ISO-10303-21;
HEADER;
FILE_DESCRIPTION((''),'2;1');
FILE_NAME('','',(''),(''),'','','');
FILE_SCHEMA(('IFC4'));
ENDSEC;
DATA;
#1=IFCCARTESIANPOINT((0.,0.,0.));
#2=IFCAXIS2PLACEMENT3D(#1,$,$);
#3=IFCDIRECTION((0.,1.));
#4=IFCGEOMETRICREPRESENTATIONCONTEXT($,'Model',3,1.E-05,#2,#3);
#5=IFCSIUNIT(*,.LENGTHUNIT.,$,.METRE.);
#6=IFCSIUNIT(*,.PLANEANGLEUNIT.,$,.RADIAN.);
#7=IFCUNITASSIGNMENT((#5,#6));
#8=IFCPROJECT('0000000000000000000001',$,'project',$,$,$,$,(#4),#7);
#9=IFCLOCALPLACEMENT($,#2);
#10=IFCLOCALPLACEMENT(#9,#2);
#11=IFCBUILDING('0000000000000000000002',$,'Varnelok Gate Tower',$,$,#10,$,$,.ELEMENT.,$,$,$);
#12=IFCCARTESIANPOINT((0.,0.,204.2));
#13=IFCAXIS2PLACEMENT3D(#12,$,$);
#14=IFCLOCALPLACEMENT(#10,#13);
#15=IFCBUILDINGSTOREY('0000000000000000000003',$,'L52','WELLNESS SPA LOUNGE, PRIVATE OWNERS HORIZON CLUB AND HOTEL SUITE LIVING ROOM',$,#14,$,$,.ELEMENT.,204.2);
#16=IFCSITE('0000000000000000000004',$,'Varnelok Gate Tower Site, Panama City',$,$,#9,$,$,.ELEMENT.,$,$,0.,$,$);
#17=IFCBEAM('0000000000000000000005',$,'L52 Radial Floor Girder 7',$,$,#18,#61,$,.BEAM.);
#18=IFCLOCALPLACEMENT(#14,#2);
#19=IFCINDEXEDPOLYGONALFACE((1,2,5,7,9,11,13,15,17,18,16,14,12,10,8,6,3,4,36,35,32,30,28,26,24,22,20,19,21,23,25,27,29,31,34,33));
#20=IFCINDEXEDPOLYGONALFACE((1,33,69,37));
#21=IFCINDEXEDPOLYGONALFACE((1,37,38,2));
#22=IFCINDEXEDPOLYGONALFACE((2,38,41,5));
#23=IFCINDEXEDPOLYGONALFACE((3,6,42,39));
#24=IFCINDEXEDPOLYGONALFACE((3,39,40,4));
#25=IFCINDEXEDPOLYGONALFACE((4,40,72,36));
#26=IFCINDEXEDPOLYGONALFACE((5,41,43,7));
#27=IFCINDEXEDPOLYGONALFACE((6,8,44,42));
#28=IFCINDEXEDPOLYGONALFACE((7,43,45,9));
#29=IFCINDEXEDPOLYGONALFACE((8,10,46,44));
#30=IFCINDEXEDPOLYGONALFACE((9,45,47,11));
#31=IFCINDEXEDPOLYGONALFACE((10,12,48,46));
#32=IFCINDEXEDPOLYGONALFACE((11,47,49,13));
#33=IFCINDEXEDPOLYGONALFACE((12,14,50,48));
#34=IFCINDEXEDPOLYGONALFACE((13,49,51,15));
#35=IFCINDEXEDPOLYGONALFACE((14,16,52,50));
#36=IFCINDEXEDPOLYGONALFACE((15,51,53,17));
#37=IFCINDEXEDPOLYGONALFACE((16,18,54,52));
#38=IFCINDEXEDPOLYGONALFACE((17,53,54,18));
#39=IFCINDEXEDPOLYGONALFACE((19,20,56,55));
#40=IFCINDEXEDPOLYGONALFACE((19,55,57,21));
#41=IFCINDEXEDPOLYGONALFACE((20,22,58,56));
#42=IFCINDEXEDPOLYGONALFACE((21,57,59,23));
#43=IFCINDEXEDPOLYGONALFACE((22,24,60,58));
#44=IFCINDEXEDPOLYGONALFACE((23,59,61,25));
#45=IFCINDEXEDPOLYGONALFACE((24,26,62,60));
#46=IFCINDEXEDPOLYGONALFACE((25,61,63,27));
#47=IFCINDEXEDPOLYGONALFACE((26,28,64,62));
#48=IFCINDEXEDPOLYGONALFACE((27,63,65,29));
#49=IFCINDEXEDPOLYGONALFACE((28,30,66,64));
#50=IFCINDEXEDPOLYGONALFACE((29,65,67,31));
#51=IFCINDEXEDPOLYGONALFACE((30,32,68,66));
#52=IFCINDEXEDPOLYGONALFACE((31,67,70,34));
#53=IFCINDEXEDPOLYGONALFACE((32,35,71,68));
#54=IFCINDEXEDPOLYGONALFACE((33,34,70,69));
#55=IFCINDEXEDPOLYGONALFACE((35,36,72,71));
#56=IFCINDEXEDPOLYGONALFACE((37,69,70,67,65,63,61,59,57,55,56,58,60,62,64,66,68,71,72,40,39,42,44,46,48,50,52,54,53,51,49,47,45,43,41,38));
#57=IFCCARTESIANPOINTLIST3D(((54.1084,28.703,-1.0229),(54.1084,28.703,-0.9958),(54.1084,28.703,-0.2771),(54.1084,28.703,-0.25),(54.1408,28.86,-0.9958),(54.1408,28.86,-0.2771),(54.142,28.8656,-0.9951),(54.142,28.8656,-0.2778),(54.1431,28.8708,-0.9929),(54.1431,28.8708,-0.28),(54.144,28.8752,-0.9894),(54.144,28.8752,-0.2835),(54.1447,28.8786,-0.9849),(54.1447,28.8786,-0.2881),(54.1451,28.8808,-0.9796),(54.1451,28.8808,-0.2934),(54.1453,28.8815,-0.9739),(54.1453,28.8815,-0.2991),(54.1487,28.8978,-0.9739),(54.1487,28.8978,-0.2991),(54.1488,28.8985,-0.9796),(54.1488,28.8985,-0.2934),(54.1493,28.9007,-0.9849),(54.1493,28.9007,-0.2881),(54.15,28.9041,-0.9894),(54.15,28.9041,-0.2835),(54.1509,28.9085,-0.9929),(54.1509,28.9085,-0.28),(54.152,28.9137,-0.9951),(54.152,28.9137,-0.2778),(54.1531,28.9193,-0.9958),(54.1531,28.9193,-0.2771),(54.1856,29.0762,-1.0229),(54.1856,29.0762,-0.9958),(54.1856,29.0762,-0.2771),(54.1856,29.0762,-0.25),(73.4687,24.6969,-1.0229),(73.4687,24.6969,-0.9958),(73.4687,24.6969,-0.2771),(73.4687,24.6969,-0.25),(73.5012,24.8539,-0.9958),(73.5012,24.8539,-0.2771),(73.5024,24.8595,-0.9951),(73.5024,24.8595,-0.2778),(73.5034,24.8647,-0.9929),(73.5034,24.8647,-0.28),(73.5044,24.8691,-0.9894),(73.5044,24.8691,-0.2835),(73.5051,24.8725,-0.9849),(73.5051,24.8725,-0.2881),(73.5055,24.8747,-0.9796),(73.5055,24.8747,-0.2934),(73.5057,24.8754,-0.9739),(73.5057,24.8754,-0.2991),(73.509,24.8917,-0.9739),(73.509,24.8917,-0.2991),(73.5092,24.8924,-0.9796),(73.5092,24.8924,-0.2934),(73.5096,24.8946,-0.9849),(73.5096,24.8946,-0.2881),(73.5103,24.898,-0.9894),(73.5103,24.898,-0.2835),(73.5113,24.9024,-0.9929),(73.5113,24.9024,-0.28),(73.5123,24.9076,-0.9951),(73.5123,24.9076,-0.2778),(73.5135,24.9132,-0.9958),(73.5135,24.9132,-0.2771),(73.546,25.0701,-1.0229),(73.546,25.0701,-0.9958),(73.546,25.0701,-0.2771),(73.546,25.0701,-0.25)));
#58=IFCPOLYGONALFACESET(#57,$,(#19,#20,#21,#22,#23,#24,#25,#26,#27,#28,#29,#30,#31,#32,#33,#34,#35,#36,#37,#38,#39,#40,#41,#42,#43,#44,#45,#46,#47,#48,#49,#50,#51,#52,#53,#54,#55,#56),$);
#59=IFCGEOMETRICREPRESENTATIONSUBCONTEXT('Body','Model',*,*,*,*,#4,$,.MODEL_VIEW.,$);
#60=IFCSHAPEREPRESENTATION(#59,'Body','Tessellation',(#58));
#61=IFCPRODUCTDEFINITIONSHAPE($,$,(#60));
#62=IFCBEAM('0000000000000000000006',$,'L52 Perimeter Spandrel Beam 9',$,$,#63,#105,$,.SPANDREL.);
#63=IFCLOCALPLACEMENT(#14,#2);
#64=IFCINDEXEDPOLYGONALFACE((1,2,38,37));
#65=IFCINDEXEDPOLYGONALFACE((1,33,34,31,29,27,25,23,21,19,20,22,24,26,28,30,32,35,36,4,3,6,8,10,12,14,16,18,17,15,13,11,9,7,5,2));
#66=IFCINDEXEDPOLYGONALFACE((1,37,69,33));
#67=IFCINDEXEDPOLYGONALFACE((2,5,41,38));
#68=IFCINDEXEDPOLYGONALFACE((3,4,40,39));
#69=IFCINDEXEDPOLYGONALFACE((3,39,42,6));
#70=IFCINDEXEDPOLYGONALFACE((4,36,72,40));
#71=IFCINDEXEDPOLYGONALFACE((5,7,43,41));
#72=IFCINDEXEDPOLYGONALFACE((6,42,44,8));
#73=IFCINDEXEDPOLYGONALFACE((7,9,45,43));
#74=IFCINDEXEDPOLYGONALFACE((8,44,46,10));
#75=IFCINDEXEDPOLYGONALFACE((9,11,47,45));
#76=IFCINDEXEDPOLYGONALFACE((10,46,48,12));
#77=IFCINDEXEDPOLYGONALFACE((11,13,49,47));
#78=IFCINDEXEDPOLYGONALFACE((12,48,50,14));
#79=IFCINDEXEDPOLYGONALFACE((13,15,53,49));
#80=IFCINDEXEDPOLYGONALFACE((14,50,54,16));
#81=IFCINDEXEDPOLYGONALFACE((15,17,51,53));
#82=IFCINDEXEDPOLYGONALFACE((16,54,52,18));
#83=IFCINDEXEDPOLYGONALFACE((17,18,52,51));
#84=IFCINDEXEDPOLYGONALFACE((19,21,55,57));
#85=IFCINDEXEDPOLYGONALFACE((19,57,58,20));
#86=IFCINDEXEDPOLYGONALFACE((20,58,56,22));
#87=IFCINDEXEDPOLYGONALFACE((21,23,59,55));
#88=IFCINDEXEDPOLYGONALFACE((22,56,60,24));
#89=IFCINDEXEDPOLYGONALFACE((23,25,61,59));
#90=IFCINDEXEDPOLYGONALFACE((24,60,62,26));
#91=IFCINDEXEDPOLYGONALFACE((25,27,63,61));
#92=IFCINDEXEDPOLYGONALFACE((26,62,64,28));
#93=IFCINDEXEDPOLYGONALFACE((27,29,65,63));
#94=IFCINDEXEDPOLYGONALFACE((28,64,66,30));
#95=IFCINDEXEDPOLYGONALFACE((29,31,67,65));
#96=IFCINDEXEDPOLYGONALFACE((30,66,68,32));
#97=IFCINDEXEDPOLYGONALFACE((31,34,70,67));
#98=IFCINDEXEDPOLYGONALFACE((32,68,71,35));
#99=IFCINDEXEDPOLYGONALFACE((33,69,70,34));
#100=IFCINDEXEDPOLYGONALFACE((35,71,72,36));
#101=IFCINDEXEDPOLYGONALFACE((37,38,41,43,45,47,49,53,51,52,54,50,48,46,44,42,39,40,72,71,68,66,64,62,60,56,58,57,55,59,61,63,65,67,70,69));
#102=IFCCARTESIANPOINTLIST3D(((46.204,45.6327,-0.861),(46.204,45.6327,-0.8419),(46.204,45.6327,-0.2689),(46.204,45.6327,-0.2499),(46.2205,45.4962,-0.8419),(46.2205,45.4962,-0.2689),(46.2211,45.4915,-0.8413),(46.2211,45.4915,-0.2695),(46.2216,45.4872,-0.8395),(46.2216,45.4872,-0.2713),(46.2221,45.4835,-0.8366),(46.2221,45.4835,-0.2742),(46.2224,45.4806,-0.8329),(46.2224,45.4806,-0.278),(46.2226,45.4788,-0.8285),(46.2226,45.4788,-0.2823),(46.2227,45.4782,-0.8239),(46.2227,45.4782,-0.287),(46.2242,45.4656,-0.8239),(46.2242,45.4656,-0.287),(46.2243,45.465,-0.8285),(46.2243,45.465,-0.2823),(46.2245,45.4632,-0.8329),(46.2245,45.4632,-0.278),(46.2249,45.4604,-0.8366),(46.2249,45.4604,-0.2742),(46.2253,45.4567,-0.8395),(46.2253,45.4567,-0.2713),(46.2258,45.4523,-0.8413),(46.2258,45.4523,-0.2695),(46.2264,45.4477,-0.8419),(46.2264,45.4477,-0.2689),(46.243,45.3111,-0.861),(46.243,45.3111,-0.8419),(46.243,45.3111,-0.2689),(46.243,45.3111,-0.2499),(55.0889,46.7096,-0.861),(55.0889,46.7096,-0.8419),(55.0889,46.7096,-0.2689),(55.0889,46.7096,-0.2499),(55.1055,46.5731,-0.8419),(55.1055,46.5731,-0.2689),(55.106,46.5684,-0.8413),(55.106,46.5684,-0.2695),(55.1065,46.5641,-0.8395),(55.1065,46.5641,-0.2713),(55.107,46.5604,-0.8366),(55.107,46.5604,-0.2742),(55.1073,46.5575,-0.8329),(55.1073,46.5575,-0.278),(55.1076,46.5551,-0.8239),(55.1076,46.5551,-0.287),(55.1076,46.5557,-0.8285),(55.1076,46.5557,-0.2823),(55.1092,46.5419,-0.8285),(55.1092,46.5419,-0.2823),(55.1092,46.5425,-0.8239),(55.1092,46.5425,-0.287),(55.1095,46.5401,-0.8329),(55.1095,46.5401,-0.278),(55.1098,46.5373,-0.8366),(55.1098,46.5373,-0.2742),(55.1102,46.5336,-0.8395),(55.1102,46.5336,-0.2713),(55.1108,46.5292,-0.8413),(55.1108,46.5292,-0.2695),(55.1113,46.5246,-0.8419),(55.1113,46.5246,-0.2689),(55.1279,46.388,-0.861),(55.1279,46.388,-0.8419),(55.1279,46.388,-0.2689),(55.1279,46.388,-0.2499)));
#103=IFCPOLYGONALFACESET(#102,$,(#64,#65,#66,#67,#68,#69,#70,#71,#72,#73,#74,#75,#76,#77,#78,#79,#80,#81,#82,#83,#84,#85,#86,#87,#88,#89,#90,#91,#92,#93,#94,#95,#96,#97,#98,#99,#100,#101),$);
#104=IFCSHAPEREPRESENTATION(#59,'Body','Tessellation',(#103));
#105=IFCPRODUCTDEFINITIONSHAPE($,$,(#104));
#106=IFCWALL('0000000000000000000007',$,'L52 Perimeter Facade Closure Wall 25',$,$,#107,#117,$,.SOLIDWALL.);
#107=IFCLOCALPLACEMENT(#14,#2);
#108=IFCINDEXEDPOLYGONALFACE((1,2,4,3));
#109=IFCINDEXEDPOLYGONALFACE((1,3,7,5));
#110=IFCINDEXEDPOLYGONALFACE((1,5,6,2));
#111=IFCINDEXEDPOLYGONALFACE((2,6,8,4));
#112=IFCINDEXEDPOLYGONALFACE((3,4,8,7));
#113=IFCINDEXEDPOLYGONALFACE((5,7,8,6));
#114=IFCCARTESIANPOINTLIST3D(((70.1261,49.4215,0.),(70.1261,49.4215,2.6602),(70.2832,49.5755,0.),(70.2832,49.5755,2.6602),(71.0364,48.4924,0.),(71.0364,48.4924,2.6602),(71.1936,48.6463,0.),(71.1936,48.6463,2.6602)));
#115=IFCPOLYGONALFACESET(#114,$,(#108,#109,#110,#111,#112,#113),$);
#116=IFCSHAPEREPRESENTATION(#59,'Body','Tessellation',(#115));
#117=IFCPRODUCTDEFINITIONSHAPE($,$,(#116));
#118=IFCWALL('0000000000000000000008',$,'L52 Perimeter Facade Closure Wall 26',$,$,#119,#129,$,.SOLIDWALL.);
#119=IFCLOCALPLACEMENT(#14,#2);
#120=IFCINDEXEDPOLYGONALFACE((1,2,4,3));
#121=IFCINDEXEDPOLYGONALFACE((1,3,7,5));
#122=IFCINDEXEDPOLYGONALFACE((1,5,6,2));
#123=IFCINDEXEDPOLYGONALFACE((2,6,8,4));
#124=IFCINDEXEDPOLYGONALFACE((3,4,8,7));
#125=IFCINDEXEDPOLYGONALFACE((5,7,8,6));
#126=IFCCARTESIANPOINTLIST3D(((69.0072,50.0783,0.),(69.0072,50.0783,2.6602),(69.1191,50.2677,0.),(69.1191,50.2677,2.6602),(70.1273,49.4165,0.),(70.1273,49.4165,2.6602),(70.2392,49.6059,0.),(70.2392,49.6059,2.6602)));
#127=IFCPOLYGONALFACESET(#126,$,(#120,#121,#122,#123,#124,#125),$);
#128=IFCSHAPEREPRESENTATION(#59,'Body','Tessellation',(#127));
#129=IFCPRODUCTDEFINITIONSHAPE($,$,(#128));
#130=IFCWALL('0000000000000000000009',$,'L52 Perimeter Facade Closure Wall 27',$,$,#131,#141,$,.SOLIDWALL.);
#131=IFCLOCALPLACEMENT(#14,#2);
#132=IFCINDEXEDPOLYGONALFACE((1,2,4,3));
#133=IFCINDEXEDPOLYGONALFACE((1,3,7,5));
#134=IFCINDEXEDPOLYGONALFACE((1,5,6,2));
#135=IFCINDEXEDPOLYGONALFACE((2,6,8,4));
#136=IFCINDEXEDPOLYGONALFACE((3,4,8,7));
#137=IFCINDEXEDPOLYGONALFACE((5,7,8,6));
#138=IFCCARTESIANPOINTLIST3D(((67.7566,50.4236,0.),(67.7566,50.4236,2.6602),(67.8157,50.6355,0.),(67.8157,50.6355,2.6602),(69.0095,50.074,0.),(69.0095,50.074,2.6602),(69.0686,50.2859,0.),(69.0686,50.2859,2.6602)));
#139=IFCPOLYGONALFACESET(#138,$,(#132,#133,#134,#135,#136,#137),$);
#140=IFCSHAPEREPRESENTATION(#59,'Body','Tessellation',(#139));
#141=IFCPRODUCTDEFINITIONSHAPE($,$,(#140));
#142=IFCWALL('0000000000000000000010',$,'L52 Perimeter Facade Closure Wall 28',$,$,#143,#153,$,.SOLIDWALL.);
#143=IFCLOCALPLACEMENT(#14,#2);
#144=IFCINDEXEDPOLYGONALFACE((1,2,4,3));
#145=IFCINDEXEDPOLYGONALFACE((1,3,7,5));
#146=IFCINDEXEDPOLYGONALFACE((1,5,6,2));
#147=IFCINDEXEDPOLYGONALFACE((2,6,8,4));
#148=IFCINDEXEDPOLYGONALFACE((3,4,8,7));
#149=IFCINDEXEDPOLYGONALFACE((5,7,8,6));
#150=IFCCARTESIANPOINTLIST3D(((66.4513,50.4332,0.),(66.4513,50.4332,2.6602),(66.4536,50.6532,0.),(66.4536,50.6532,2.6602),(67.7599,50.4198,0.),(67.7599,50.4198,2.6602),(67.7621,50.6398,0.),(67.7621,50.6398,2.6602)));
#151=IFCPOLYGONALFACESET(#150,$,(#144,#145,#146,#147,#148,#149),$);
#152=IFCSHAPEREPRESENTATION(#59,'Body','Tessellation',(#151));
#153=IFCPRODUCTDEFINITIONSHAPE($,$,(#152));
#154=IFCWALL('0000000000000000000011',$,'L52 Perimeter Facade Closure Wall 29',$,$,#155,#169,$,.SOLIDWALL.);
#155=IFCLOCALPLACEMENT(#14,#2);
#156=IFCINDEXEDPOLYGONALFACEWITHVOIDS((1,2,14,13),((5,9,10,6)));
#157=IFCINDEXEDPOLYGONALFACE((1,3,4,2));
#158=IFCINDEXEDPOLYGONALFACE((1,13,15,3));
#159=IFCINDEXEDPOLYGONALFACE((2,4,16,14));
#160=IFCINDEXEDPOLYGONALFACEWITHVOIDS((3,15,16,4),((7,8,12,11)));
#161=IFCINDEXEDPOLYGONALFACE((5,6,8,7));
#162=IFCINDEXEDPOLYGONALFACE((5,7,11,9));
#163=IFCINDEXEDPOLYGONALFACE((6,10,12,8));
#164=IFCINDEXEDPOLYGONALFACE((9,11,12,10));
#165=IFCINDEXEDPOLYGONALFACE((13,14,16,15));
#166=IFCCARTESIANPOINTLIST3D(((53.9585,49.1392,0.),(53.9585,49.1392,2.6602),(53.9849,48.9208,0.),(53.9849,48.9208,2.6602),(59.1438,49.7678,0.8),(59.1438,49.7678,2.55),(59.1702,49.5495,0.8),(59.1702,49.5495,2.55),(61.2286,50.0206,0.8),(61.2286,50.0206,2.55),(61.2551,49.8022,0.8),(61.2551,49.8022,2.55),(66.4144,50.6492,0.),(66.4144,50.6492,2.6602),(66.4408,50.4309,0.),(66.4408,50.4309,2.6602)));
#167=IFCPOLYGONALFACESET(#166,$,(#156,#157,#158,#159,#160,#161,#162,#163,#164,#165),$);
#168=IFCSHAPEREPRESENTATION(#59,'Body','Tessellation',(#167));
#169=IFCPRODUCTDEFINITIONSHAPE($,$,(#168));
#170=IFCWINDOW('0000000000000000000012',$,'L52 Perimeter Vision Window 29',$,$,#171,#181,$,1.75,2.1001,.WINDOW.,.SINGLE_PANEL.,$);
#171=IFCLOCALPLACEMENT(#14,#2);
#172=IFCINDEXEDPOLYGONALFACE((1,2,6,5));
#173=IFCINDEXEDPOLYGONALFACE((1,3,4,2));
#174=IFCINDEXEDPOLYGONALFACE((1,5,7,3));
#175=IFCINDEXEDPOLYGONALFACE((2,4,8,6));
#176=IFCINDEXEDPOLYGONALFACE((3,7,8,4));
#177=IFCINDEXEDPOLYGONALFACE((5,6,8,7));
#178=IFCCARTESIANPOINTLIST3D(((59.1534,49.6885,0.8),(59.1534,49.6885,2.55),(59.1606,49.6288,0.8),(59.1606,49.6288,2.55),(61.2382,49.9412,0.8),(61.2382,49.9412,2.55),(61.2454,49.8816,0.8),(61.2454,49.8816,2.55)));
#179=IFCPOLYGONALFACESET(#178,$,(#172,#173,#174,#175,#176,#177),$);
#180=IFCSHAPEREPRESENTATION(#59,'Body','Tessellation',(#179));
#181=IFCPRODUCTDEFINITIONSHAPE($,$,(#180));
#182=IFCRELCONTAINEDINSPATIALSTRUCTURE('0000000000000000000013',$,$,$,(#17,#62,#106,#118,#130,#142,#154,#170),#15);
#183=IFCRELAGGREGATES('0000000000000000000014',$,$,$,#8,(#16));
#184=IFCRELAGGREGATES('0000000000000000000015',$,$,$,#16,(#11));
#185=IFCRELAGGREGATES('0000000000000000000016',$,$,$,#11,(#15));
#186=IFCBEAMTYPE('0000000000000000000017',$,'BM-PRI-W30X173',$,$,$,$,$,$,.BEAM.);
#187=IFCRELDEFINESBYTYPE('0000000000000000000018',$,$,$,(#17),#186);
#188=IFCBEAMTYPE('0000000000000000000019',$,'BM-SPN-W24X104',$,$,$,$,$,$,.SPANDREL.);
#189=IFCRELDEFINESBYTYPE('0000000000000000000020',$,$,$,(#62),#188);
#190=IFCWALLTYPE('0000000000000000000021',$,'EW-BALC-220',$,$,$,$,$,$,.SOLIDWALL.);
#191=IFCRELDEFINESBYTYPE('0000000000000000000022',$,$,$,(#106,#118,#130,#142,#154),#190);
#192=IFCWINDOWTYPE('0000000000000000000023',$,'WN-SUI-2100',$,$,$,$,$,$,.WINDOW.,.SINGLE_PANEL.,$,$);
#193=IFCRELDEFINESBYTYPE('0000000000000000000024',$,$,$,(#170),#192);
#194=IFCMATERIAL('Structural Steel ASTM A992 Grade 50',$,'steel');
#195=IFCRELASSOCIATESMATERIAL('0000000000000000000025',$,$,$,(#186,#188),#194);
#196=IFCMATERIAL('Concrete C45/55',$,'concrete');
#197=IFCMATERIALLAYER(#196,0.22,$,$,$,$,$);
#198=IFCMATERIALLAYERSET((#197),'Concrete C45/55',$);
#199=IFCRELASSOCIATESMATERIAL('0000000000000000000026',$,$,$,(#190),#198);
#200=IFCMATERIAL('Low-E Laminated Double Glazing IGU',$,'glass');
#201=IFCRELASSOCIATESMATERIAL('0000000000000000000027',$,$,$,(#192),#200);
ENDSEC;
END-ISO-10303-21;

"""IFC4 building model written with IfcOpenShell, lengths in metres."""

from ifc_helpers import new_model, si_unit, direction, frame, frame_2d, origin, origin_2d, place, context, subcontext, project, spatial, rectangle, i_section, extrude, material, layer, layer_set, material_profile, profile_set, type_object, element, fill, save


model = new_model("IFC4")

# Units and contexts
model_context = context("Model", 3, precision=1e-05, world=origin(), true_north=direction((0.0, 1.0)))
body_context = subcontext(model_context, "Body", "Model", "MODEL_VIEW")
ifc_project = project(units=[si_unit("LENGTHUNIT", "METRE"), si_unit("PLANEANGLEUNIT", "RADIAN")], contexts=[model_context])

# Site, building, storey
site_placement = place(None, origin())
site = spatial("IfcSite", under=ifc_project, at=site_placement, Name="Varnelok Gate Tower Site, Panama City", CompositionType="ELEMENT", RefElevation=0.0)
building_placement = place(site_placement, origin())
building = spatial("IfcBuilding", under=site, at=building_placement, Name="Varnelok Gate Tower", CompositionType="ELEMENT")
storey_placement = place(building_placement, frame((0.0, 0.0, 204.2)))
storey = spatial("IfcBuildingStorey", under=building, at=storey_placement, Name="L52", Description="WELLNESS SPA LOUNGE, PRIVATE OWNERS HORIZON CLUB AND HOTEL SUITE LIVING ROOM", CompositionType="ELEMENT", Elevation=204.2)

# Shared definitions
ifc_material_1 = material(Name="Structural Steel ASTM A992 Grade 50", Category="steel")

# Beams
ifc_material_profile_1 = material_profile(ifc_material_1, i_section(OverallWidth=0.3811, OverallDepth=0.7729, WebThickness=0.0166, FlangeThickness=0.0271, FilletRadius=0.022, at=origin_2d()), Name="W30X173")
ifc_profile_set_1 = profile_set([ifc_material_profile_1], Name="Structural Steel ASTM A992 Grade 50")
beam_type_1 = type_object("IfcBeamType", Name="BM-PRI-W30X173", PredefinedType="BEAM", material=ifc_profile_set_1)
beam_1_placement = place(storey_placement, frame((54.147, 28.8896, -0.6365), z_axis=(0.979255, -0.202631, 0.0), x_axis=(0.202631, 0.979255, 0.0)))
element("IfcBeam", 1, at=beam_1_placement, inside=storey, type_object=beam_type_1, Name="L52 Radial Floor Girder 7", PredefinedType="BEAM", context=body_context, shape_type="SweptSolid", body=[
    extrude(i_section(OverallWidth=0.3811, OverallDepth=0.7729, WebThickness=0.0166, FlangeThickness=0.0271, FilletRadius=0.022, at=origin_2d()), origin(), (0.0, 0.0, 1.0), 19.7705),
])
ifc_material_profile_2 = material_profile(ifc_material_1, i_section(OverallWidth=0.324, OverallDepth=0.6111, WebThickness=0.0127, FlangeThickness=0.019, FilletRadius=0.0181, at=origin_2d()), Name="W24X104")
ifc_profile_set_2 = profile_set([ifc_material_profile_2], Name="Structural Steel ASTM A992 Grade 50")
beam_type_2 = type_object("IfcBeamType", Name="BM-SPN-W24X104", PredefinedType="SPANDREL", material=ifc_profile_set_2)
beam_2_placement = place(storey_placement, frame((55.1084, 46.5488, -0.5554), z_axis=(-0.992735, -0.120324, 0.0), x_axis=(0.120324, -0.992735, 0.0)))
element("IfcBeam", 2, at=beam_2_placement, inside=storey, type_object=beam_type_2, Name="L52 Perimeter Spandrel Beam 9", PredefinedType="SPANDREL", context=body_context, shape_type="SweptSolid", body=[
    extrude(i_section(OverallWidth=0.324, OverallDepth=0.6111, WebThickness=0.0127, FlangeThickness=0.019, FilletRadius=0.0181, at=origin_2d()), origin(), (0.0, 0.0, 1.0), 8.95),
])

# Walls
ifc_material_2 = material(Name="Concrete C45/55", Category="concrete")
ifc_layer_1 = layer(ifc_material_2, 0.22)
ifc_layer_set_1 = layer_set([ifc_layer_1], Name="Concrete C45/55")
wall_type_1 = type_object("IfcWallType", Name="EW-BALC-220", PredefinedType="SOLIDWALL", material=ifc_layer_set_1)
wall_1_placement = place(storey_placement, frame((71.115, 48.5693, 0.0), z_axis=(0.0, 0.0, 1.0), x_axis=(-0.699844, 0.714295, 0.0)))
element("IfcWall", 3, at=wall_1_placement, inside=storey, type_object=wall_type_1, Name="L52 Perimeter Facade Closure Wall 25", PredefinedType="SOLIDWALL", context=body_context, shape_type="SweptSolid", body=[
    extrude(rectangle(XDim=1.3008, YDim=0.22, at=frame_2d((0.6504, 0.0))), origin(), (0.0, 0.0, 1.0), 2.6602),
])
wall_2_placement = place(storey_placement, frame((70.1831, 49.5112, 0.0), z_axis=(0.0, 0.0, 1.0), x_axis=(-0.860934, 0.508717, 0.0)))
element("IfcWall", 4, at=wall_2_placement, inside=storey, type_object=wall_type_1, Name="L52 Perimeter Facade Closure Wall 26", PredefinedType="SOLIDWALL", context=body_context, shape_type="SweptSolid", body=[
    extrude(rectangle(XDim=1.301, YDim=0.22, at=frame_2d((0.6504, 0.0))), origin(), (0.0, 0.0, 1.0), 2.6602),
])
wall_3_placement = place(storey_placement, frame((69.0391, 50.1799, 0.0), z_axis=(0.0, 0.0, 1.0), x_axis=(-0.963205, 0.268767, 0.0)))
element("IfcWall", 5, at=wall_3_placement, inside=storey, type_object=wall_type_1, Name="L52 Perimeter Facade Closure Wall 27", PredefinedType="SOLIDWALL", context=body_context, shape_type="SweptSolid", body=[
    extrude(rectangle(XDim=1.3008, YDim=0.22, at=frame_2d((0.6504, 0.0))), origin(), (0.0, 0.0, 1.0), 2.6602),
])
wall_4_placement = place(storey_placement, frame((67.761, 50.5298, 0.0), z_axis=(0.0, 0.0, 1.0), x_axis=(-0.999947, 0.010261, 0.0)))
element("IfcWall", 6, at=wall_4_placement, inside=storey, type_object=wall_type_1, Name="L52 Perimeter Facade Closure Wall 28", PredefinedType="SOLIDWALL", context=body_context, shape_type="SweptSolid", body=[
    extrude(rectangle(XDim=1.3086, YDim=0.22, at=frame_2d((0.6543, 0.0))), origin(), (0.0, 0.0, 1.0), 2.6602),
])

# Wall, opening, window
wall_5_placement = place(storey_placement, frame((66.4275, 50.54, 0.0), z_axis=(0.0, 0.0, 1.0), x_axis=(-0.992732, -0.120348, 0.0)))
wall_5 = element("IfcWall", 7, at=wall_5_placement, inside=storey, type_object=wall_type_1, Name="L52 Perimeter Facade Closure Wall 29", PredefinedType="SOLIDWALL", context=body_context, shape_type="SweptSolid", body=[
    extrude(rectangle(XDim=12.5471, YDim=0.22, at=frame_2d((6.2734, 0.0))), origin(), (0.0, 0.0, 1.0), 2.6602),
])
opening_1_placement = place(wall_5_placement, frame((5.2236, 0.0, 0.8)))
opening_1 = element("IfcOpeningElement", 8, at=opening_1_placement, cuts=wall_5, PredefinedType="OPENING", context=body_context, shape_type="SweptSolid", body=[
    extrude(rectangle(XDim=2.1001, YDim=1.75, at=frame_2d((1.05, 0.875))), frame((0.0, 0.1199, 0.0), z_axis=(0.0, -1.0, 0.0), x_axis=(1.0, 0.0, 0.0)), (0.0, 0.0, 1.0), 0.24),
])
ifc_material_3 = material(Name="Low-E Laminated Double Glazing IGU", Category="glass")
window_type = type_object("IfcWindowType", Name="WN-SUI-2100", PartitioningType="SINGLE_PANEL", PredefinedType="WINDOW", material=ifc_material_3)
window_placement = place(opening_1_placement, origin())
window = element("IfcWindow", 9, at=window_placement, inside=storey, type_object=window_type, Name="L52 Perimeter Vision Window 29", OverallHeight=1.75, OverallWidth=2.1001, PartitioningType="SINGLE_PANEL", PredefinedType="WINDOW", context=body_context, shape_type="SweptSolid", body=[
    extrude(rectangle(XDim=2.1001, YDim=1.75, at=frame_2d((1.05, 0.875))), frame((0.0, 0.03, 0.0), z_axis=(0.0, -1.0, 0.0), x_axis=(1.0, 0.0, 0.0)), (0.0, 0.0, 1.0), 0.0601),
])
fill(opening_1, window)

save(model, "model.ifc")
